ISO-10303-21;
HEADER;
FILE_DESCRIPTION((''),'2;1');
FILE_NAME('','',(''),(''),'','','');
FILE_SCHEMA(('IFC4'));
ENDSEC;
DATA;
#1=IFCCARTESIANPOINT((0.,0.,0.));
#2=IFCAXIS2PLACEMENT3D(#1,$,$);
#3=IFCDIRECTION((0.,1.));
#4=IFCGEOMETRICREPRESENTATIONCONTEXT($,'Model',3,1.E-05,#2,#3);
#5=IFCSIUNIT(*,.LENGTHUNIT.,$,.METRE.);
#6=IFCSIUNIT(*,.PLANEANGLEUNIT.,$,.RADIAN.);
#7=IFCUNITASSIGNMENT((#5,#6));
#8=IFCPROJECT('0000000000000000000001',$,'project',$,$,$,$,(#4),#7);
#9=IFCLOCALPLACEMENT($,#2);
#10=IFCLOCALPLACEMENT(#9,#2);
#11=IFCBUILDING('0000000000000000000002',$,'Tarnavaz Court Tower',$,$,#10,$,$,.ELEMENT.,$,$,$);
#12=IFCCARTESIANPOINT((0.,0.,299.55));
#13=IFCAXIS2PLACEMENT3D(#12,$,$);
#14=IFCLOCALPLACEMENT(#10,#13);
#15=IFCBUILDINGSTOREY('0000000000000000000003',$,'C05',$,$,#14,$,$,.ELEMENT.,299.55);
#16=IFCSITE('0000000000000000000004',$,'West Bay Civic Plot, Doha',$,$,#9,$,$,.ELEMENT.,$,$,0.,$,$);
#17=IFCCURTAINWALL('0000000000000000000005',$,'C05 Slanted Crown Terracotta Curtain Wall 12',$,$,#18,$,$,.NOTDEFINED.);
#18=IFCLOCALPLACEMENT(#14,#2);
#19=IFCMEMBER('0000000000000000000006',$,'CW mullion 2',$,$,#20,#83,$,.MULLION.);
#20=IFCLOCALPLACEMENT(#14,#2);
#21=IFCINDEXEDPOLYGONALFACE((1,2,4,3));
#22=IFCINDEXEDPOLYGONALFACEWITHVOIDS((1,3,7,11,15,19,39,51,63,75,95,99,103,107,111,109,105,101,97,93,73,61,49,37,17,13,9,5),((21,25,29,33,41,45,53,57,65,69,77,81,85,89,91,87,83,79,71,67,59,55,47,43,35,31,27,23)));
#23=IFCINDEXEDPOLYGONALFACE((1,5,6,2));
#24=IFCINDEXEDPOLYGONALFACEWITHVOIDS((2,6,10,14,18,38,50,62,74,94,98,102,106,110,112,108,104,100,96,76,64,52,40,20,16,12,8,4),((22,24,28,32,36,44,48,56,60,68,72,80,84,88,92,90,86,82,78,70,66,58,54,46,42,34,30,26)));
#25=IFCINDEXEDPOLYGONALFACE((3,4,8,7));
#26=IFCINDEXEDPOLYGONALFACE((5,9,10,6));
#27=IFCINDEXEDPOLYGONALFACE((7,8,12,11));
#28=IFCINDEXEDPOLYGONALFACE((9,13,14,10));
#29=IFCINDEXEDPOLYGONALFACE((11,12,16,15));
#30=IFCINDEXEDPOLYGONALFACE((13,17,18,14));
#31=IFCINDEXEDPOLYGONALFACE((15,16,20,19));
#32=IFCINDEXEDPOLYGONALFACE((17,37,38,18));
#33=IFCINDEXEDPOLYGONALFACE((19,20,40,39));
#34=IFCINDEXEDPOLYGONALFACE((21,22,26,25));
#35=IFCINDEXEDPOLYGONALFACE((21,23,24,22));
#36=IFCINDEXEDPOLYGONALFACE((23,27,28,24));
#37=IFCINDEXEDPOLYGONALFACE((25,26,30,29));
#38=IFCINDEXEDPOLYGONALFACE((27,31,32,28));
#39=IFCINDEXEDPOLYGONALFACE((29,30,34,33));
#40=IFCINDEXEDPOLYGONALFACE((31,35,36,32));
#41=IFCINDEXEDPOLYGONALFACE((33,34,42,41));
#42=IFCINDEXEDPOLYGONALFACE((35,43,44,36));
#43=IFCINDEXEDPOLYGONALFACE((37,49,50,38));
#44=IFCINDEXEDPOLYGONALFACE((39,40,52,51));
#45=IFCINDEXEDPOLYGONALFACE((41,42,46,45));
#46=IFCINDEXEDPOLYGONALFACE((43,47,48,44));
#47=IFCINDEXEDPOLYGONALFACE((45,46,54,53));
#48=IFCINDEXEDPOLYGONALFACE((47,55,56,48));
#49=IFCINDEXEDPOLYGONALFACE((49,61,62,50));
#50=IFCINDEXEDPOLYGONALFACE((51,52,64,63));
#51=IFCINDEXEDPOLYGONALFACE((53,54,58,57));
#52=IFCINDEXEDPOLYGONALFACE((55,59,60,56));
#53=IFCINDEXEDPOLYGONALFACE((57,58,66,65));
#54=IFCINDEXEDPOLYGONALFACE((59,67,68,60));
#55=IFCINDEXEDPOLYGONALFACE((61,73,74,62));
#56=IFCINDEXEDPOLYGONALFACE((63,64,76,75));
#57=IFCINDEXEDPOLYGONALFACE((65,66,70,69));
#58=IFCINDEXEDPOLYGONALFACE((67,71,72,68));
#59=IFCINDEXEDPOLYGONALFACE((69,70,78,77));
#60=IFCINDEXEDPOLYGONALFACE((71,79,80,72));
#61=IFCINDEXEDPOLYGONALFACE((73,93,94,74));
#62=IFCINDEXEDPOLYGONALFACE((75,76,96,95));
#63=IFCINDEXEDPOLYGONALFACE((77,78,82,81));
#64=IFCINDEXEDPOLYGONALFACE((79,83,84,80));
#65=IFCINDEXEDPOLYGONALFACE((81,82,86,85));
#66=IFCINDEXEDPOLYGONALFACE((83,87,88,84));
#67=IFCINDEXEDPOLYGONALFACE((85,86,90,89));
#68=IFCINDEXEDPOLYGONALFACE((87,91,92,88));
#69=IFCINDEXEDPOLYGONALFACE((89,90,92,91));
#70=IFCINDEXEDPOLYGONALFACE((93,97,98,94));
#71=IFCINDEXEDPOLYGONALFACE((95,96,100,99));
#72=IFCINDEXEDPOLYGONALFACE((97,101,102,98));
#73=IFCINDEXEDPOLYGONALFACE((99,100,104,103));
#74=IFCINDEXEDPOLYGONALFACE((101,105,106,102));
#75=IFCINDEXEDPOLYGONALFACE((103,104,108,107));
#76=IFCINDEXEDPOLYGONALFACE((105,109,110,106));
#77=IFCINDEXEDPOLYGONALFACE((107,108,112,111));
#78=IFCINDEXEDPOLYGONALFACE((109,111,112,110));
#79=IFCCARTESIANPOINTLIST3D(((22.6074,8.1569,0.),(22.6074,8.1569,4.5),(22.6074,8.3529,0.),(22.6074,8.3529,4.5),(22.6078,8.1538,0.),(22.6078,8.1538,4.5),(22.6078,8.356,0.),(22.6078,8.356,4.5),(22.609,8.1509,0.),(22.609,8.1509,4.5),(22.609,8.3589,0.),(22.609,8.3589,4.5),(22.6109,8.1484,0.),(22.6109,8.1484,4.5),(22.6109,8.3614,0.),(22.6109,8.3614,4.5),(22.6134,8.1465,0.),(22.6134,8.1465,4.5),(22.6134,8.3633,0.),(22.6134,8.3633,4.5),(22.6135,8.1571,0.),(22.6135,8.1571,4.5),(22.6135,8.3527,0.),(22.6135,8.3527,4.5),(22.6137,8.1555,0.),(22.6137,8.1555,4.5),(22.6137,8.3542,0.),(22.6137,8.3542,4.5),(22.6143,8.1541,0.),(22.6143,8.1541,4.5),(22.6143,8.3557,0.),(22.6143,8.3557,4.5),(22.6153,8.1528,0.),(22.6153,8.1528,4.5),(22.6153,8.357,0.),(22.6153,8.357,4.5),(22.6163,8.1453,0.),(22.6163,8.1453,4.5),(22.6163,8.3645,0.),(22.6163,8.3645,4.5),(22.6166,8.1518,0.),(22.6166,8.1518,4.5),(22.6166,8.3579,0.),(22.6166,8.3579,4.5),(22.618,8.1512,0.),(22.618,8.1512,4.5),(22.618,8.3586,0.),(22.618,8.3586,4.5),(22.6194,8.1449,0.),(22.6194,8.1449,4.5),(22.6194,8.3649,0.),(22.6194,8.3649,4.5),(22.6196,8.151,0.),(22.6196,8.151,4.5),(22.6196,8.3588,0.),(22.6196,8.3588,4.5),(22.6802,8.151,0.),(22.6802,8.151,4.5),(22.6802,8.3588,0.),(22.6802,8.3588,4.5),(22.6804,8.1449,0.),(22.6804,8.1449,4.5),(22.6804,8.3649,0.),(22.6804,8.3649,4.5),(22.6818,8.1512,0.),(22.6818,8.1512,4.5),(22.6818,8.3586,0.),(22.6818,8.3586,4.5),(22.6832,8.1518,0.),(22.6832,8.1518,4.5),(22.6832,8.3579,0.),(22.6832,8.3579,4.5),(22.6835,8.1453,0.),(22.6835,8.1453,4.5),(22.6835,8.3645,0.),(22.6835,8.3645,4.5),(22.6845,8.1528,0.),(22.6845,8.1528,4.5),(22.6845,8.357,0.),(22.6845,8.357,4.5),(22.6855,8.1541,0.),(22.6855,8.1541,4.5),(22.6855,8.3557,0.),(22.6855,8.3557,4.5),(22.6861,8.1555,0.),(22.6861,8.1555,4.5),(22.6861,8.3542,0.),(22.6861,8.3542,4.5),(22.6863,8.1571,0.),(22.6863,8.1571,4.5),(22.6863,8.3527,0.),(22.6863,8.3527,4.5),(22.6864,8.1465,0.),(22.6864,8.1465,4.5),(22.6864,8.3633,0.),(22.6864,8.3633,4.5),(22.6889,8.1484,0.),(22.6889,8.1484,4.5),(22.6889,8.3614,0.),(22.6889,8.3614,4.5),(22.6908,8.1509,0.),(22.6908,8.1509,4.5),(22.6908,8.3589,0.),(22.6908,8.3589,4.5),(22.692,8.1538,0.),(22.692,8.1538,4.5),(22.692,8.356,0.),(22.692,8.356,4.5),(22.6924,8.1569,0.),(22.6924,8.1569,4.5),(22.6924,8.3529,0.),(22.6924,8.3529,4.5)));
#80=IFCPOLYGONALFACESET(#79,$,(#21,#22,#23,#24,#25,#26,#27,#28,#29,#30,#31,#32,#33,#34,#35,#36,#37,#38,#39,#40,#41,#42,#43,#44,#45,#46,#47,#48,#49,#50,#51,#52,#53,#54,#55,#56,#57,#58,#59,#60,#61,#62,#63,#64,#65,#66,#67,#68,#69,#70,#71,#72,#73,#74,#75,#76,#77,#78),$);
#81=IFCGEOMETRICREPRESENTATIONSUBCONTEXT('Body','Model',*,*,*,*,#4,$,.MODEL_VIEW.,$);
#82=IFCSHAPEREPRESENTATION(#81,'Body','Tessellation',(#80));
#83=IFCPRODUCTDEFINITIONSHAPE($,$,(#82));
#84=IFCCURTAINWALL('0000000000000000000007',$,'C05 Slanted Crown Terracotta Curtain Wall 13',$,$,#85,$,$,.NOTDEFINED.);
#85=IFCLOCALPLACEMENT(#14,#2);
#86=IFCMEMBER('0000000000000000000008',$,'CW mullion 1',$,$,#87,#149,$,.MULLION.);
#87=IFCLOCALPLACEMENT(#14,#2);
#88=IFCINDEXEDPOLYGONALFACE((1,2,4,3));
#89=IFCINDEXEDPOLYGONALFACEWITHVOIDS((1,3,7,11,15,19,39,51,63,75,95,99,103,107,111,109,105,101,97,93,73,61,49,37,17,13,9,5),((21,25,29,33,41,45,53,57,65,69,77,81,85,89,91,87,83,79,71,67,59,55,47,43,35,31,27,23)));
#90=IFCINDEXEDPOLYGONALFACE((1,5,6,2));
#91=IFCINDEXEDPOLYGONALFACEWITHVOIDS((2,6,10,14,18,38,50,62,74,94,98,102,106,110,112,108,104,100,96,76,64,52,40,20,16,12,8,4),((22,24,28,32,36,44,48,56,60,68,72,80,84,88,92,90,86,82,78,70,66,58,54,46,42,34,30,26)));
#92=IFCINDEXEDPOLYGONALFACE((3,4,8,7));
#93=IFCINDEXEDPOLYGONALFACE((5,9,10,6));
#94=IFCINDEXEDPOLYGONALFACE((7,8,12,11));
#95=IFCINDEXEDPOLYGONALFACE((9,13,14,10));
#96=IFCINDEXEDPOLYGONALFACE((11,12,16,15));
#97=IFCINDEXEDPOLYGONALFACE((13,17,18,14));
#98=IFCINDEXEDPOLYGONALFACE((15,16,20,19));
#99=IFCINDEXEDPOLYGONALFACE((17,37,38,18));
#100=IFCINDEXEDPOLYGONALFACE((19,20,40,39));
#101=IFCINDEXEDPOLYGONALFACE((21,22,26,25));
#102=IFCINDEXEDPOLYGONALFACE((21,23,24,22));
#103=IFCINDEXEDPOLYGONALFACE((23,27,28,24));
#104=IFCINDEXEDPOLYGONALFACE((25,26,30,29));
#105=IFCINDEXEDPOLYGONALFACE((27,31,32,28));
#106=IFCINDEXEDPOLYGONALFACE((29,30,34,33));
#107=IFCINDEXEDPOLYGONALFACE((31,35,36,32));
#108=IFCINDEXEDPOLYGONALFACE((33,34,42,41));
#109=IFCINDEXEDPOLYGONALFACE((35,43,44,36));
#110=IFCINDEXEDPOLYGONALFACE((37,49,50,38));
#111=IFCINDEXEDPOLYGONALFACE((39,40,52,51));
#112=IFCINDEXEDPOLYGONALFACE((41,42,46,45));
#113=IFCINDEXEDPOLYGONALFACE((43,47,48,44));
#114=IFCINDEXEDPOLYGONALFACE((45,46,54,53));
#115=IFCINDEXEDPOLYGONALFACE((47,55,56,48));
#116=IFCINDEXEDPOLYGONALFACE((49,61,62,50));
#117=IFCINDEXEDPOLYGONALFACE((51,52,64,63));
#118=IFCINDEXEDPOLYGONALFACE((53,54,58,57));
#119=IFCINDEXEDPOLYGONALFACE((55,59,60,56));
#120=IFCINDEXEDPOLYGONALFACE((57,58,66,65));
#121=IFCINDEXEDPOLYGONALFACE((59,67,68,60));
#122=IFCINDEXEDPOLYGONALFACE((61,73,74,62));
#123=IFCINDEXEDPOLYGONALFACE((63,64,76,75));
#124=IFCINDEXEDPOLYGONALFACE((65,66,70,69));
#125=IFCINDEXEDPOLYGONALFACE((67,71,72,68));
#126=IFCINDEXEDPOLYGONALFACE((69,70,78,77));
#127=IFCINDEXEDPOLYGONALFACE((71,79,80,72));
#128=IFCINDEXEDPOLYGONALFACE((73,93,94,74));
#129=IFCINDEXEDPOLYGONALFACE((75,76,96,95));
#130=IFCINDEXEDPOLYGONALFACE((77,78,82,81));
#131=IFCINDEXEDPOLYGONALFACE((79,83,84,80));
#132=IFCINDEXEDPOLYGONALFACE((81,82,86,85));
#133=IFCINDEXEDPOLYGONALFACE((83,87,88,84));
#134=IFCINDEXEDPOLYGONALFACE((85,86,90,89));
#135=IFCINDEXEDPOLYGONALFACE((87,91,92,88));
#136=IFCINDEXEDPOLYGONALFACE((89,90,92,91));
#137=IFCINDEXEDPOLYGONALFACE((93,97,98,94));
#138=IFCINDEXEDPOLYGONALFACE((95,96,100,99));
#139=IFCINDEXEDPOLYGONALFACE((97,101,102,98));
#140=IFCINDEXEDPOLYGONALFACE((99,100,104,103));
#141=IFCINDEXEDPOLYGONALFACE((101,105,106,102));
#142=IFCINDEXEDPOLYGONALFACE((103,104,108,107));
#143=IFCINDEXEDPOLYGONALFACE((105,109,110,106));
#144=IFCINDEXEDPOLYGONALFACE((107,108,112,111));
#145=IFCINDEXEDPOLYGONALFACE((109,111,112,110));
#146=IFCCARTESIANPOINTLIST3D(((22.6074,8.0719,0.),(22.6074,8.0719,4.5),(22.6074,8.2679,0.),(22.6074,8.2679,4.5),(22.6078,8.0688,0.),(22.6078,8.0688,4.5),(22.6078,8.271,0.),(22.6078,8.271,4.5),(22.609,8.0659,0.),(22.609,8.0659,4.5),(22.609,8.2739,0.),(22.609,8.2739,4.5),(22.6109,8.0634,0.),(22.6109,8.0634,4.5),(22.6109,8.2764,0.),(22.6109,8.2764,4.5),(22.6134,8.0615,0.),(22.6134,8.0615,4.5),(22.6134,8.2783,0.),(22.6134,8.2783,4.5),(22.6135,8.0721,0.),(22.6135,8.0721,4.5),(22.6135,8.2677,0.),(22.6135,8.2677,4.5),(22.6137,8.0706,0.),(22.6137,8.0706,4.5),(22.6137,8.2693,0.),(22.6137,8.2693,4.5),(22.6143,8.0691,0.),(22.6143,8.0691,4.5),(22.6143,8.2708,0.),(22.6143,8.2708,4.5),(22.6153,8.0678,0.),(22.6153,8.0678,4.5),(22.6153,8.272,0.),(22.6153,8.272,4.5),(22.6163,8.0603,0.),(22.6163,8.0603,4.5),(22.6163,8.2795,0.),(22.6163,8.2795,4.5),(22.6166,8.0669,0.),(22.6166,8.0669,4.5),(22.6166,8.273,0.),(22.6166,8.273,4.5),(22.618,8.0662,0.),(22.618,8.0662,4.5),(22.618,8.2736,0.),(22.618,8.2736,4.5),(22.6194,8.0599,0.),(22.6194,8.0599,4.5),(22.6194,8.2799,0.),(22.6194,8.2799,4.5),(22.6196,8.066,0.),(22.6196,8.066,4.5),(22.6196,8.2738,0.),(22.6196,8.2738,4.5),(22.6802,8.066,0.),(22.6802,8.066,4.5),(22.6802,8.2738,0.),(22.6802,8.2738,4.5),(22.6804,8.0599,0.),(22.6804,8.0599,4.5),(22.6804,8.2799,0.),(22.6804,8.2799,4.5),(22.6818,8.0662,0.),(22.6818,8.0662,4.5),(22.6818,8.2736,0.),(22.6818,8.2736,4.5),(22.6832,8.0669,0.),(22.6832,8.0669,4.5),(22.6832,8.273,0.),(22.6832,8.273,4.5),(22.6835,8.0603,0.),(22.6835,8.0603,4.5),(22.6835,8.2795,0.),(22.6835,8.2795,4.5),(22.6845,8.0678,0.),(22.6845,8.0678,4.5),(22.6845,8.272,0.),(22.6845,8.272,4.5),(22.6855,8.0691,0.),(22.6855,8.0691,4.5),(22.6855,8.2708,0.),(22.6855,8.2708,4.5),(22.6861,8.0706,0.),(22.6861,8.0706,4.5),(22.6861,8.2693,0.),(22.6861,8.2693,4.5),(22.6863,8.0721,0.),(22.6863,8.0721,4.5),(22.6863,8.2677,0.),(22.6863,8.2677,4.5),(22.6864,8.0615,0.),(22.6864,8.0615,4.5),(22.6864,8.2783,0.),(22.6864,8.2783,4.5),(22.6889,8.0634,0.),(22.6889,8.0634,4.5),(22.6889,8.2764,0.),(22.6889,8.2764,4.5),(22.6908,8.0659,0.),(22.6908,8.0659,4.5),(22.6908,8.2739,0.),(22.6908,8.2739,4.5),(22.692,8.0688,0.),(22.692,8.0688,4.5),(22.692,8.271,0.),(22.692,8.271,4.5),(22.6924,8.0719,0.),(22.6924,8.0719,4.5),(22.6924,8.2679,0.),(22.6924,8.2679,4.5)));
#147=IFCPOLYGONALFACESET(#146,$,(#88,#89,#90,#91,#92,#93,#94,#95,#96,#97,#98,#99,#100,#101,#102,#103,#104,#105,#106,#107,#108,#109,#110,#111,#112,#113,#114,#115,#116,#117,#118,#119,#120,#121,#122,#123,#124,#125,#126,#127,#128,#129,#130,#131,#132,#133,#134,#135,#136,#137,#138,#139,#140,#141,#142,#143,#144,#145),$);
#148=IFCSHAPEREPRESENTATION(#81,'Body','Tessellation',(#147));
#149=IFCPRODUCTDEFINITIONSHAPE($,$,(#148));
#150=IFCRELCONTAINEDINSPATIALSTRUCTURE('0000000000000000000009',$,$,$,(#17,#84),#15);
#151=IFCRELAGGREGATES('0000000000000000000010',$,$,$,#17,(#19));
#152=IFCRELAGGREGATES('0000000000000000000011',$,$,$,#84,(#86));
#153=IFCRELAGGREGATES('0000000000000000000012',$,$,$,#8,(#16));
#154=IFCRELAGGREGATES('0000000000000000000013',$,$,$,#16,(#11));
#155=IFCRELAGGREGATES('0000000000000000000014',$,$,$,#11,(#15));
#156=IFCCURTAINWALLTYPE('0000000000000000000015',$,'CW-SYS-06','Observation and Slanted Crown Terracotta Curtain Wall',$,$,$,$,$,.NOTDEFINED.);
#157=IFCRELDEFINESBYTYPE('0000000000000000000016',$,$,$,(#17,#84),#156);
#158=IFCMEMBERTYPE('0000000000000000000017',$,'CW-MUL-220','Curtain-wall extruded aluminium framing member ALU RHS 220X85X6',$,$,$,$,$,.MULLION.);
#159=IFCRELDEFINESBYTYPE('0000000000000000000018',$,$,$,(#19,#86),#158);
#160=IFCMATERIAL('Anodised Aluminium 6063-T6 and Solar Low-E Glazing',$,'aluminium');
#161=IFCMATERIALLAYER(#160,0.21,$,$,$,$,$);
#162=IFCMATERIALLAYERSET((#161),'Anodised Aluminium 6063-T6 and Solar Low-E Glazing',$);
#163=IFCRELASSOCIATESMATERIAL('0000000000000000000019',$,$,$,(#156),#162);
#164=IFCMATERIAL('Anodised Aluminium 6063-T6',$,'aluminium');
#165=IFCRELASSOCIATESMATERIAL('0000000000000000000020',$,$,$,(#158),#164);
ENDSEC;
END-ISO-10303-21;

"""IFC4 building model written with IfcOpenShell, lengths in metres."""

from ifc_helpers import new_model, si_unit, direction, frame, origin, origin_2d, place, context, subcontext, project, spatial, hollow_rectangle, extrude, material, layer, layer_set, material_profile, profile_set, type_object, element, aggregate, save


model = new_model("IFC4")

# Units and contexts
model_context = context("Model", 3, precision=1e-05, world=origin(), true_north=direction((0.0, 1.0)))
body_context = subcontext(model_context, "Body", "Model", "MODEL_VIEW")
ifc_project = project(units=[si_unit("LENGTHUNIT", "METRE"), si_unit("PLANEANGLEUNIT", "RADIAN")], contexts=[model_context])

# Site, building, storey
site_placement = place(None, origin())
site = spatial("IfcSite", under=ifc_project, at=site_placement, Name="West Bay Civic Plot, Doha", CompositionType="ELEMENT", RefElevation=0.0)
building_placement = place(site_placement, origin())
building = spatial("IfcBuilding", under=site, at=building_placement, Name="Tarnavaz Court Tower", CompositionType="ELEMENT")
storey_placement = place(building_placement, frame((0.0, 0.0, 299.55)))
storey = spatial("IfcBuildingStorey", under=building, at=storey_placement, Name="C05", CompositionType="ELEMENT", Elevation=299.55)

# Curtain wall, member
ifc_material_1 = material(Name="Anodised Aluminium 6063-T6 and Solar Low-E Glazing", Category="aluminium")
ifc_layer_1 = layer(ifc_material_1, 0.21)
ifc_layer_set_1 = layer_set([ifc_layer_1], Name="Anodised Aluminium 6063-T6 and Solar Low-E Glazing")
curtain_wall_type = type_object("IfcCurtainWallType", Name="CW-SYS-06", Description="Observation and Slanted Crown Terracotta Curtain Wall", PredefinedType="NOTDEFINED", material=ifc_layer_set_1)
curtain_wall_1_placement = place(storey_placement, origin())
curtain_wall_1 = element("IfcCurtainWall", 1, at=curtain_wall_1_placement, inside=storey, type_object=curtain_wall_type, Name="C05 Slanted Crown Terracotta Curtain Wall 12", PredefinedType="NOTDEFINED")
ifc_material_2 = material(Name="Anodised Aluminium 6063-T6", Category="aluminium")
ifc_material_profile_1 = material_profile(ifc_material_2, hollow_rectangle(XDim=0.085, YDim=0.22, WallThickness=0.0061, InnerFilletRadius=0.0061, OuterFilletRadius=0.012, at=origin_2d()), Name="ALU RHS 220X85X6")
ifc_profile_set_1 = profile_set([ifc_material_profile_1], Name="Anodised Aluminium 6063-T6")
member_type_1 = type_object("IfcMemberType", Name="CW-MUL-220", Description="Curtain-wall extruded aluminium framing member ALU RHS 220X85X6", PredefinedType="MULLION", material=ifc_profile_set_1)
member_1_placement = place(storey_placement, frame((22.6499, 8.2549, 0.0), z_axis=(0.0, 0.0, 1.0), x_axis=(1.0, 0.0, 0.0)))
member_1 = element("IfcMember", 2, at=member_1_placement, type_object=member_type_1, Name="CW mullion 2", PredefinedType="MULLION", context=body_context, shape_type="SweptSolid", body=[
    extrude(hollow_rectangle(XDim=0.085, YDim=0.22, WallThickness=0.0061, InnerFilletRadius=0.0061, OuterFilletRadius=0.012, at=origin_2d()), origin(), (0.0, 0.0, 1.0), 4.5),
])

# Curtain wall, member
curtain_wall_2_placement = place(storey_placement, origin())
curtain_wall_2 = element("IfcCurtainWall", 3, at=curtain_wall_2_placement, inside=storey, type_object=curtain_wall_type, Name="C05 Slanted Crown Terracotta Curtain Wall 13", PredefinedType="NOTDEFINED")
member_2_placement = place(storey_placement, frame((22.6499, 8.1699, 0.0), z_axis=(0.0, 0.0, 1.0), x_axis=(1.0, 0.0, 0.0)))
member_2 = element("IfcMember", 4, at=member_2_placement, type_object=member_type_1, Name="CW mullion 1", PredefinedType="MULLION", context=body_context, shape_type="SweptSolid", body=[
    extrude(hollow_rectangle(XDim=0.085, YDim=0.22, WallThickness=0.0061, InnerFilletRadius=0.0061, OuterFilletRadius=0.012, at=origin_2d()), origin(), (0.0, 0.0, 1.0), 4.5),
])

aggregate(curtain_wall_1, [member_1])
aggregate(curtain_wall_2, [member_2])

save(model, "model.ifc")
